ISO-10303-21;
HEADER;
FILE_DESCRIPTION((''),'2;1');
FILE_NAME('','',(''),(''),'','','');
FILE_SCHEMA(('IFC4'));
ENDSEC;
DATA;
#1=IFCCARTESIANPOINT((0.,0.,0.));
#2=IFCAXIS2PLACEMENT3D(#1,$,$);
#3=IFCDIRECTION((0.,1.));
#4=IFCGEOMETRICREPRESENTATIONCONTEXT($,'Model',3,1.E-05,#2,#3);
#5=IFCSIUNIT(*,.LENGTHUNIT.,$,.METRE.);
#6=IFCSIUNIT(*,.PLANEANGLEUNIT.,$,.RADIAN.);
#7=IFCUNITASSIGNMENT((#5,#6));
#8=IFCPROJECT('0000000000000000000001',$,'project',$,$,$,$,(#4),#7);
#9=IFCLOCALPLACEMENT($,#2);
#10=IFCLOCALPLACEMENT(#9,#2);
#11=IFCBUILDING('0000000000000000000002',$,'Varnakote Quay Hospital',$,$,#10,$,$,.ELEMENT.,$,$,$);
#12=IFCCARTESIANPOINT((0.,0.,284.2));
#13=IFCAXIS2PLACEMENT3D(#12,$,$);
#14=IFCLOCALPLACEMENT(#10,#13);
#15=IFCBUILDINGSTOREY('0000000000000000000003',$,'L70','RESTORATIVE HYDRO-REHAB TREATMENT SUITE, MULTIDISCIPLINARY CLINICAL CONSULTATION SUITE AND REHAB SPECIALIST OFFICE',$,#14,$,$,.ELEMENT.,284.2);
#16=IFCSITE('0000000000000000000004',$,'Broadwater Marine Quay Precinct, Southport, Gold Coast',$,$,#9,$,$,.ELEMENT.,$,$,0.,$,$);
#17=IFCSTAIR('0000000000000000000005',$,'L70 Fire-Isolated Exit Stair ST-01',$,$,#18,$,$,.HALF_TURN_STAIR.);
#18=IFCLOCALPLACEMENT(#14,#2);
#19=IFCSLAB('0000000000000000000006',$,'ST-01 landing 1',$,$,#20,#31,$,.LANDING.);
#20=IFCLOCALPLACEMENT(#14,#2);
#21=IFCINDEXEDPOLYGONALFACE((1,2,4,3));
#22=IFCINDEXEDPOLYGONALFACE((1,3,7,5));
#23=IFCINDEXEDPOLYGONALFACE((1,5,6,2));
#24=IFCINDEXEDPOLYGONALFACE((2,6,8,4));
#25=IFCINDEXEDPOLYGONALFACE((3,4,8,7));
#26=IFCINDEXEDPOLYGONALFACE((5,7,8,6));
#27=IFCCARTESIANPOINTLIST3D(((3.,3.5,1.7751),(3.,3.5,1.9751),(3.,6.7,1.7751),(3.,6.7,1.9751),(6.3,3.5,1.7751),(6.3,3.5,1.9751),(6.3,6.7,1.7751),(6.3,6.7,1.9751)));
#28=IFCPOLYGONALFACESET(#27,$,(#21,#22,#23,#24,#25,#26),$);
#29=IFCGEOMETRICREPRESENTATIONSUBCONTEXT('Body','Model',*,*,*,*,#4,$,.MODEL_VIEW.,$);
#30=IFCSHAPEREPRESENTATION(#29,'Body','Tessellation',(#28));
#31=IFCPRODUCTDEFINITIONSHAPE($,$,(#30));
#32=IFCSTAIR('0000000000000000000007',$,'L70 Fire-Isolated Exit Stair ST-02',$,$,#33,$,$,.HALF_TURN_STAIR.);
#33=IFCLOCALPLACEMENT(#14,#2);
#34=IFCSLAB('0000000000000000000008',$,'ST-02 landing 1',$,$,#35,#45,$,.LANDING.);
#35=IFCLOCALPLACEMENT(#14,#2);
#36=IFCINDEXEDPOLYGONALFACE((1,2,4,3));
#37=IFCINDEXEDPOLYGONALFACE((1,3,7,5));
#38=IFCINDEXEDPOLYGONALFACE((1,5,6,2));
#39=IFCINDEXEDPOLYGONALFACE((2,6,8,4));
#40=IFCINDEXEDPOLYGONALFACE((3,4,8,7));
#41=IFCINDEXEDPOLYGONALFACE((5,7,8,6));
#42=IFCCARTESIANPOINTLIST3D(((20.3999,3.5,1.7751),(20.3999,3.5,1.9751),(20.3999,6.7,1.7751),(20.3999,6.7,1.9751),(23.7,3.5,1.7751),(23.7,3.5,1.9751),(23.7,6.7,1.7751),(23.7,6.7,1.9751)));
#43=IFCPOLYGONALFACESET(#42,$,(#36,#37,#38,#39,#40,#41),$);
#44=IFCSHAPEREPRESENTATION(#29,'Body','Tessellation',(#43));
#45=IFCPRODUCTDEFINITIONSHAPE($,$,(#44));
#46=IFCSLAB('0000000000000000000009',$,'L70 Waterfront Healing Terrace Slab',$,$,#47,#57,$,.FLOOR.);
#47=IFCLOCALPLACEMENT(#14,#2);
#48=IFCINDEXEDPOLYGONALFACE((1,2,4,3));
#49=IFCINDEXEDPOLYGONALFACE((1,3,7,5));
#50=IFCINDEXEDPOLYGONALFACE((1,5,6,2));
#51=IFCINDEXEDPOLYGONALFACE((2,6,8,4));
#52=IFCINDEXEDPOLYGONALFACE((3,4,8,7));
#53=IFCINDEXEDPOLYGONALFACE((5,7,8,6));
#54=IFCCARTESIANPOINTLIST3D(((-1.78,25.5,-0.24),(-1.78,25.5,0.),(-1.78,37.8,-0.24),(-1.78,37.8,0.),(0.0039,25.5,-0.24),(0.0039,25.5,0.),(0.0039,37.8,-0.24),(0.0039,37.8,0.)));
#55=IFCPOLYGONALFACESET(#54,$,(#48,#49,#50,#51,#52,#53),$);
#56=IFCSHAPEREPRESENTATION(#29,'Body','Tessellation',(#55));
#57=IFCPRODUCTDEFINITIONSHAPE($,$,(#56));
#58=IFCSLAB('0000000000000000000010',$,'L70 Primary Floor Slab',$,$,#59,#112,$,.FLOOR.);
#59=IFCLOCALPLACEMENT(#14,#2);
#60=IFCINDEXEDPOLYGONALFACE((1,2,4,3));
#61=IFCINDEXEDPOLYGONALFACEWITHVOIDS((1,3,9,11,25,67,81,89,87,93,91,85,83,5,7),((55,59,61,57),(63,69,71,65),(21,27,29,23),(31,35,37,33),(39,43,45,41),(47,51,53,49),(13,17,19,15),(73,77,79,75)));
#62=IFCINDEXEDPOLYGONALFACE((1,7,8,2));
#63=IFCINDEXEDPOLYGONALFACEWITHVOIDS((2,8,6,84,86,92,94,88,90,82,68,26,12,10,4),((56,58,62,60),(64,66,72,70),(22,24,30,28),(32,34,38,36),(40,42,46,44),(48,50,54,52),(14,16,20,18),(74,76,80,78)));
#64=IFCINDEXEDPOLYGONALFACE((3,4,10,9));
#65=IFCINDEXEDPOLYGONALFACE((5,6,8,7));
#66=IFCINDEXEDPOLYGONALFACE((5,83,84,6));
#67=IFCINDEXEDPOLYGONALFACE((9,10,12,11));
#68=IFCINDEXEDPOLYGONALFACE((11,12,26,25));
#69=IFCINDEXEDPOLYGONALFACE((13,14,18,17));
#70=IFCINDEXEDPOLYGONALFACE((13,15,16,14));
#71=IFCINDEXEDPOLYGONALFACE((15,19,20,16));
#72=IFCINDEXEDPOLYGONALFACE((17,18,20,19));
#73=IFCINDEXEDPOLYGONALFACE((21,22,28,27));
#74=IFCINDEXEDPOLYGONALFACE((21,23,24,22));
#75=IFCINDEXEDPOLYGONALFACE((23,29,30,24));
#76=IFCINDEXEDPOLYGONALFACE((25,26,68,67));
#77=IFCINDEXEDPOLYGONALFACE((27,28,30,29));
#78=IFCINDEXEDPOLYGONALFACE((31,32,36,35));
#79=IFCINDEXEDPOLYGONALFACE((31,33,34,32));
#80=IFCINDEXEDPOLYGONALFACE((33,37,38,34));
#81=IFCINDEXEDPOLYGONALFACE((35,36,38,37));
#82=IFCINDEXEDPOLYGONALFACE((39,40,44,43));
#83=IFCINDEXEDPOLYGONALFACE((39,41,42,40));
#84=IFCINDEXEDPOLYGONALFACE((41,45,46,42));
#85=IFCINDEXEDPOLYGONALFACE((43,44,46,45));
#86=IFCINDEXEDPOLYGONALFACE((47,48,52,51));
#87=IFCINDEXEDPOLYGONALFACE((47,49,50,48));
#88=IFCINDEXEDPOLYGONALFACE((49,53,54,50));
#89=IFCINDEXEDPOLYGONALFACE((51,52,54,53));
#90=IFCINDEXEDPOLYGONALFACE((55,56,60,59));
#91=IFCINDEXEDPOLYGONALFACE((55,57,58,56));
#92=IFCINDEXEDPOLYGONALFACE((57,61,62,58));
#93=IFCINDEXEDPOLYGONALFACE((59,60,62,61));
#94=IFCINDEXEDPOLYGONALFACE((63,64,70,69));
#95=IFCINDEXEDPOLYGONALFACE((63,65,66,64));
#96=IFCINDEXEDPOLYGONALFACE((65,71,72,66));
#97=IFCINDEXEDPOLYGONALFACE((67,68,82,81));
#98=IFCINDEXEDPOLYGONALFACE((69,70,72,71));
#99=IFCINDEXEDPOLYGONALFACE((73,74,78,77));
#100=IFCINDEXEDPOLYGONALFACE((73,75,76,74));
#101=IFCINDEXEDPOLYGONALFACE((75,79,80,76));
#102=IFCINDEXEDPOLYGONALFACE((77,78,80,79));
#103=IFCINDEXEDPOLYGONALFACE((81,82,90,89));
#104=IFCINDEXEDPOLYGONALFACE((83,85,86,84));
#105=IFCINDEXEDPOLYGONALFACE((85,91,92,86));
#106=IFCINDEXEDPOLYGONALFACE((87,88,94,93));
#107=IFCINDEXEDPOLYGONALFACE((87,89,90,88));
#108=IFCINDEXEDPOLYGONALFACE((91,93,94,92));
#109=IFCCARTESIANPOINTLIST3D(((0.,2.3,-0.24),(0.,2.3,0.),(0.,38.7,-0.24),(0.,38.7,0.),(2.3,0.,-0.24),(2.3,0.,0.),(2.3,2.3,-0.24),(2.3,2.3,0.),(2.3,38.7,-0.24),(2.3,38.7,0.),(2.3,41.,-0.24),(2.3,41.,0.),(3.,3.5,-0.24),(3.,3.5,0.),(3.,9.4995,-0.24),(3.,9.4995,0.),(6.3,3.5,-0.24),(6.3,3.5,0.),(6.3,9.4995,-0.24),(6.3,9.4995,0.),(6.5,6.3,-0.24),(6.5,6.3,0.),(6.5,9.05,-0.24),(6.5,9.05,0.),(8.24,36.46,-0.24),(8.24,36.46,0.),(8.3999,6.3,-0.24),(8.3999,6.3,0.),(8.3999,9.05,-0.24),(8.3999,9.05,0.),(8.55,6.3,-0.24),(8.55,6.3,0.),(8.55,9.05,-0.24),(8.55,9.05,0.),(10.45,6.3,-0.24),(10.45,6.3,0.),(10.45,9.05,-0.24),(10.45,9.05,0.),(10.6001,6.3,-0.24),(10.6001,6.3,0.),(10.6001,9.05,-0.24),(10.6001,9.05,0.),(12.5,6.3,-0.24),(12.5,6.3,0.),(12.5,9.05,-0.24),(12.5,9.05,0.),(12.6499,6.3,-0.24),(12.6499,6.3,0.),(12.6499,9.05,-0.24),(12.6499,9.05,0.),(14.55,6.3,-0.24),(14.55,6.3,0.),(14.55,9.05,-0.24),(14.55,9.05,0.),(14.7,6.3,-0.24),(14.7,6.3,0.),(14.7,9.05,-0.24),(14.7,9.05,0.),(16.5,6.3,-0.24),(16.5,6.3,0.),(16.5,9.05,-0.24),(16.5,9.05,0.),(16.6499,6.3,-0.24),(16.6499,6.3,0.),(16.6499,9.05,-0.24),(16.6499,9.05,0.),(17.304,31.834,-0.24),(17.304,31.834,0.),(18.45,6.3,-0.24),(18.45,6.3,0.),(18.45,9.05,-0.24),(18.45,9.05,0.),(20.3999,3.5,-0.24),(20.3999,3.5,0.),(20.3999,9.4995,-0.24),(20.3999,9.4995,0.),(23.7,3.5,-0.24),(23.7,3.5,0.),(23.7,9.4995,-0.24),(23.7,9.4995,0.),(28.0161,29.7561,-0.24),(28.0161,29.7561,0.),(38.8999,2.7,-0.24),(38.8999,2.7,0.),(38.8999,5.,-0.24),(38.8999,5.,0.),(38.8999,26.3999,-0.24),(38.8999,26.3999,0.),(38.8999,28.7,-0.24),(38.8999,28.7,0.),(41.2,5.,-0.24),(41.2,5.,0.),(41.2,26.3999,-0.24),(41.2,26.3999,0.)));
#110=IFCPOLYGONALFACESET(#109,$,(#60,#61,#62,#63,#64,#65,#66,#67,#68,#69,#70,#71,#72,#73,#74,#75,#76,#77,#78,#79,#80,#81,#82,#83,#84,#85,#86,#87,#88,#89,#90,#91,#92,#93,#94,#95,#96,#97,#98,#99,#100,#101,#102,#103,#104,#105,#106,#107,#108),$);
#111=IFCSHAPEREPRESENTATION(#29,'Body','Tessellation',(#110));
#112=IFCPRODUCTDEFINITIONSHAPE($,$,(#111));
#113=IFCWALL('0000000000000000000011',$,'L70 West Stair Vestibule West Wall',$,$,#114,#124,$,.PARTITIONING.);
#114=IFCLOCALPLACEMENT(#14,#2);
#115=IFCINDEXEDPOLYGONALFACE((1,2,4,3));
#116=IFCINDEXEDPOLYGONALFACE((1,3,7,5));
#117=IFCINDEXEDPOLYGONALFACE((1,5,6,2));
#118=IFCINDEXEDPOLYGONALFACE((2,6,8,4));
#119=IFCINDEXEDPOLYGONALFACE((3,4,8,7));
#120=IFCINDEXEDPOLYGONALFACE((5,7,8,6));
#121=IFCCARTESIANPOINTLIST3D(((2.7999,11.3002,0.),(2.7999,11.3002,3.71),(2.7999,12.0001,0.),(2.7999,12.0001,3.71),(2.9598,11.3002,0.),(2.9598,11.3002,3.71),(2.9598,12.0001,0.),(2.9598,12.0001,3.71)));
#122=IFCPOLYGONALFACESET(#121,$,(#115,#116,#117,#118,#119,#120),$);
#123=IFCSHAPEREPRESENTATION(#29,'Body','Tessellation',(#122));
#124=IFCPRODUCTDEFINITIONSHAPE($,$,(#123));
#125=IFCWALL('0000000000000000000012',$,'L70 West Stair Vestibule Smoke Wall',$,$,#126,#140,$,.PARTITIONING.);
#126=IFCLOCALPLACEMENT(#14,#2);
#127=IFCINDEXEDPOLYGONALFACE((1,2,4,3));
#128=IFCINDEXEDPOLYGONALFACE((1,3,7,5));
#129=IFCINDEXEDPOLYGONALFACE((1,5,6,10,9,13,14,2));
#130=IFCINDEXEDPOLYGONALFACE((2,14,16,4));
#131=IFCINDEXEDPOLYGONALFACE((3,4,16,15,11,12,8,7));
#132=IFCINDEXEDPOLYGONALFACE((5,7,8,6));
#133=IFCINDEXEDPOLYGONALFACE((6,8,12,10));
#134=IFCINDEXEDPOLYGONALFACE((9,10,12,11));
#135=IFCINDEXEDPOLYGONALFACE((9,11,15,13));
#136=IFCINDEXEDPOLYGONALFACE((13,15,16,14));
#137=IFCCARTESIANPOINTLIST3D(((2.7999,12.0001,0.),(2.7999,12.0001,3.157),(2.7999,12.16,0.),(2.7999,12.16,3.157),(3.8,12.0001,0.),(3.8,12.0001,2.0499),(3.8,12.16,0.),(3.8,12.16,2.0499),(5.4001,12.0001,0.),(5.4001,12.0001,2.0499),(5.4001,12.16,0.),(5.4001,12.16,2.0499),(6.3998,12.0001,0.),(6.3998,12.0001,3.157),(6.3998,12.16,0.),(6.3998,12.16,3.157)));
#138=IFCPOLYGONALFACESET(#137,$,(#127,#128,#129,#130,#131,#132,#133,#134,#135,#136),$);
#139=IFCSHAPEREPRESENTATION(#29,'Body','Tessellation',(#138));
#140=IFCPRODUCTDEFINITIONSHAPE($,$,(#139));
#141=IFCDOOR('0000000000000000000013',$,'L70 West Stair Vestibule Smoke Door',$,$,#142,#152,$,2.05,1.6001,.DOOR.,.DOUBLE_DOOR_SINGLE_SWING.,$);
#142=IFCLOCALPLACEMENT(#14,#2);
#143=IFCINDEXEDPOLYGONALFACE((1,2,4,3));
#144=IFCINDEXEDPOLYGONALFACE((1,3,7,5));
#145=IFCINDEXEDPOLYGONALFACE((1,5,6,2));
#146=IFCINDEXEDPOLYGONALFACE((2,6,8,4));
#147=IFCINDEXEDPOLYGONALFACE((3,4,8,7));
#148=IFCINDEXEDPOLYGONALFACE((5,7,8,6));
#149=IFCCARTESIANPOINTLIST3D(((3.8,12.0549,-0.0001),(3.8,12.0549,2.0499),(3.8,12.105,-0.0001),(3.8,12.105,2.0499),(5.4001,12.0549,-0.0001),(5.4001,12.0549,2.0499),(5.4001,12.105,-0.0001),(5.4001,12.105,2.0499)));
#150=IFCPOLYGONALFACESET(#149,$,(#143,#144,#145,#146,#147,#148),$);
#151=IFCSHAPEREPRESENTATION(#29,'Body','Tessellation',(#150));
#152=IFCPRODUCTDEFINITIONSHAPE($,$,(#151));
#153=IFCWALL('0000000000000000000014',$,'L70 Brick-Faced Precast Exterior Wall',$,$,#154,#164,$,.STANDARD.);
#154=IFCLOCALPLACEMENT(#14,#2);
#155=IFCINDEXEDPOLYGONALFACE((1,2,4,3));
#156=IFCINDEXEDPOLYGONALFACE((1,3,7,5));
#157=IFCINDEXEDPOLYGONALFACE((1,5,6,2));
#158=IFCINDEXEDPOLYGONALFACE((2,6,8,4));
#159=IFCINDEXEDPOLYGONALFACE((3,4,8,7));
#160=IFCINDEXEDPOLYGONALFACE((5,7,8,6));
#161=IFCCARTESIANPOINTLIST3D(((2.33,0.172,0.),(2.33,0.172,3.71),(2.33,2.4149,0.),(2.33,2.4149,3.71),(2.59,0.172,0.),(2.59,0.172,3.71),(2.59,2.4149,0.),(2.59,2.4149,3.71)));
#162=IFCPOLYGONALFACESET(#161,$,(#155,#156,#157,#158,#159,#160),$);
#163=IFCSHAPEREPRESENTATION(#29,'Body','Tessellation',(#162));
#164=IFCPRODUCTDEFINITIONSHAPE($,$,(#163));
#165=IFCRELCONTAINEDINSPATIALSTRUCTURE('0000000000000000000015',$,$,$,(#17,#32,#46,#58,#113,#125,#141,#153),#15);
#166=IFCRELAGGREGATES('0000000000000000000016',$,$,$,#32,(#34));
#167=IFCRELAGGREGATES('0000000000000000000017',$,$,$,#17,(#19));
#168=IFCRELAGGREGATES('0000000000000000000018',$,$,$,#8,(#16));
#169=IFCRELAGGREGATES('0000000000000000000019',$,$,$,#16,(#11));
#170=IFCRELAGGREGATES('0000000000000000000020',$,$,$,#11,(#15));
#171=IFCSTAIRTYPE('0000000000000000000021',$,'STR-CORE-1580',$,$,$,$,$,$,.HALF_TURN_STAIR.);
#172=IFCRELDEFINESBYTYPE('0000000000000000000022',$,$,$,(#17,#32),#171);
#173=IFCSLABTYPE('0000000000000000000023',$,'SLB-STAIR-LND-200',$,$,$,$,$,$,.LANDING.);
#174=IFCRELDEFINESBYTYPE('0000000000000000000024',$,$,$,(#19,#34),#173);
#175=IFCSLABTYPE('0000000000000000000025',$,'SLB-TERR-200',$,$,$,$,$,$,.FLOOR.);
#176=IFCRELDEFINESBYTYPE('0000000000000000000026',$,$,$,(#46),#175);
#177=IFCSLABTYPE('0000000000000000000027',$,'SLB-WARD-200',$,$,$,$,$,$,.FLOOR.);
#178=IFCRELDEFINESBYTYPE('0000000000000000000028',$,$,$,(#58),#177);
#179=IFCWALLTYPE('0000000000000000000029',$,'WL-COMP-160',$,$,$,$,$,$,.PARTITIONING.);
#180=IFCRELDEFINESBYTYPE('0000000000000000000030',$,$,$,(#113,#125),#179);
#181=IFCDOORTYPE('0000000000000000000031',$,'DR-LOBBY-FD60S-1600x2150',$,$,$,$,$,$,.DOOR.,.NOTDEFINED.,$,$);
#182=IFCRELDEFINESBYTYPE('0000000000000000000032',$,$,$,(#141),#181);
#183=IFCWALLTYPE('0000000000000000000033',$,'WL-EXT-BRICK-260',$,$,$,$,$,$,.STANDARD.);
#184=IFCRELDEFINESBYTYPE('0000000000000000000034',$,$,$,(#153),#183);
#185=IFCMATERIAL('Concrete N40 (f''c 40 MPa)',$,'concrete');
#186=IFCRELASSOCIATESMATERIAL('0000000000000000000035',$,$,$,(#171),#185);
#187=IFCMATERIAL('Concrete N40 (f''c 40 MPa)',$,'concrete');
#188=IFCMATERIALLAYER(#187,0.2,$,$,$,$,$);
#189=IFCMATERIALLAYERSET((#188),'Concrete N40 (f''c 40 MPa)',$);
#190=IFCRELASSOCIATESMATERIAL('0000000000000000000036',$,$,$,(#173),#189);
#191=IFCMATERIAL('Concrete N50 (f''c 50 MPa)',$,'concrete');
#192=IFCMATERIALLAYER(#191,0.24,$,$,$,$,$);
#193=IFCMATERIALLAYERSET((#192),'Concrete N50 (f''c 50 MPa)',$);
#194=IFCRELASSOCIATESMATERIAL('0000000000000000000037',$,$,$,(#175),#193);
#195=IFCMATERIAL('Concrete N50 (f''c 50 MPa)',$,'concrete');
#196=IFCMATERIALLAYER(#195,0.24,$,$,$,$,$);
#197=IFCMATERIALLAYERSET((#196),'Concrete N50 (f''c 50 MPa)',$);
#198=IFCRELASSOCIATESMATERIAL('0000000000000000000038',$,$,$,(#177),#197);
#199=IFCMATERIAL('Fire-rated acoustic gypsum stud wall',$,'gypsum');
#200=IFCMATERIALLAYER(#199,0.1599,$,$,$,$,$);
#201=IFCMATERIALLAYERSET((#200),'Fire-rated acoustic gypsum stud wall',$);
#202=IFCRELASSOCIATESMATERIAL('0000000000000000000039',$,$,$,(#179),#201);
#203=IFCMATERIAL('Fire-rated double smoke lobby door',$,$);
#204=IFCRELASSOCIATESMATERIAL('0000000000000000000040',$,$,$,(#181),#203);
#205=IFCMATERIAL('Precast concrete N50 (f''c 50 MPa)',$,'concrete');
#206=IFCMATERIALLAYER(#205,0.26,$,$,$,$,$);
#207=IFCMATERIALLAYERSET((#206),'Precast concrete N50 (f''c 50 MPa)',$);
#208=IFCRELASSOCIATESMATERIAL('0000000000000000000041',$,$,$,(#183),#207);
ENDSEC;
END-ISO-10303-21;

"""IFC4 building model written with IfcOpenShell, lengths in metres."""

from ifc_helpers import new_model, si_unit, direction, frame, frame_2d, origin, place, context, subcontext, project, spatial, polyline, rectangle, outline, extrude, material, layer, layer_set, type_object, element, fill, aggregate, save


model = new_model("IFC4")

# Units and contexts
model_context = context("Model", 3, precision=1e-05, world=origin(), true_north=direction((0.0, 1.0)))
body_context = subcontext(model_context, "Body", "Model", "MODEL_VIEW")
ifc_project = project(units=[si_unit("LENGTHUNIT", "METRE"), si_unit("PLANEANGLEUNIT", "RADIAN")], contexts=[model_context])

# Site, building, storey
site_placement = place(None, origin())
site = spatial("IfcSite", under=ifc_project, at=site_placement, Name="Broadwater Marine Quay Precinct, Southport, Gold Coast", CompositionType="ELEMENT", RefElevation=0.0)
building_placement = place(site_placement, origin())
building = spatial("IfcBuilding", under=site, at=building_placement, Name="Varnakote Quay Hospital", CompositionType="ELEMENT")
storey_placement = place(building_placement, frame((0.0, 0.0, 284.2)))
storey = spatial("IfcBuildingStorey", under=building, at=storey_placement, Name="L70", Description="RESTORATIVE HYDRO-REHAB TREATMENT SUITE, MULTIDISCIPLINARY CLINICAL CONSULTATION SUITE AND REHAB SPECIALIST OFFICE", CompositionType="ELEMENT", Elevation=284.2)

# Stairs, slabs
ifc_material_1 = material(Name="Concrete N40 (f'c 40 MPa)", Category="concrete")
stair_type = type_object("IfcStairType", Name="STR-CORE-1580", PredefinedType="HALF_TURN_STAIR", material=ifc_material_1)
stair_1_placement = place(storey_placement, origin())
stair_1 = element("IfcStair", 1, at=stair_1_placement, inside=storey, type_object=stair_type, Name="L70 Fire-Isolated Exit Stair ST-01", PredefinedType="HALF_TURN_STAIR")
ifc_material_2 = material(Name="Concrete N40 (f'c 40 MPa)", Category="concrete")
ifc_layer_1 = layer(ifc_material_2, 0.2)
ifc_layer_set_1 = layer_set([ifc_layer_1], Name="Concrete N40 (f'c 40 MPa)")
slab_type_1 = type_object("IfcSlabType", Name="SLB-STAIR-LND-200", PredefinedType="LANDING", material=ifc_layer_set_1)
slab_1_placement = place(storey_placement, frame((0.0, 0.0, 1.7751)))
slab_1 = element("IfcSlab", 2, at=slab_1_placement, type_object=slab_type_1, Name="ST-01 landing 1", PredefinedType="LANDING", context=body_context, shape_type="SweptSolid", body=[
    extrude(outline(polyline([(3.0, 6.7), (3.0, 3.5), (6.3, 3.5), (6.3, 6.7), (3.0, 6.7)])), origin(), (0.0, 0.0, 1.0), 0.2),
])
stair_2_placement = place(storey_placement, origin())
stair_2 = element("IfcStair", 3, at=stair_2_placement, inside=storey, type_object=stair_type, Name="L70 Fire-Isolated Exit Stair ST-02", PredefinedType="HALF_TURN_STAIR")
slab_2_placement = place(storey_placement, frame((0.0, 0.0, 1.7751)))
slab_2 = element("IfcSlab", 4, at=slab_2_placement, type_object=slab_type_1, Name="ST-02 landing 1", PredefinedType="LANDING", context=body_context, shape_type="SweptSolid", body=[
    extrude(outline(polyline([(20.3999, 6.7), (20.3999, 3.5), (23.7, 3.5), (23.7, 6.7), (20.3999, 6.7)])), origin(), (0.0, 0.0, 1.0), 0.2),
])
aggregate(stair_2, [slab_2])

# Slabs
ifc_material_3 = material(Name="Concrete N50 (f'c 50 MPa)", Category="concrete")
ifc_layer_2 = layer(ifc_material_3, 0.24)
ifc_layer_set_2 = layer_set([ifc_layer_2], Name="Concrete N50 (f'c 50 MPa)")
slab_type_2 = type_object("IfcSlabType", Name="SLB-TERR-200", PredefinedType="FLOOR", material=ifc_layer_set_2)
slab_3_placement = place(storey_placement, frame((0.0, 0.0, -0.24)))
element("IfcSlab", 5, at=slab_3_placement, inside=storey, type_object=slab_type_2, Name="L70 Waterfront Healing Terrace Slab", PredefinedType="FLOOR", context=body_context, shape_type="SweptSolid", body=[
    extrude(outline(polyline([(0.0039, 25.5), (0.0039, 37.8), (-1.78, 37.8), (-1.78, 25.5), (0.0039, 25.5)])), origin(), (0.0, 0.0, 1.0), 0.24),
])
ifc_material_4 = material(Name="Concrete N50 (f'c 50 MPa)", Category="concrete")
ifc_layer_3 = layer(ifc_material_4, 0.24)
ifc_layer_set_3 = layer_set([ifc_layer_3], Name="Concrete N50 (f'c 50 MPa)")
slab_type_3 = type_object("IfcSlabType", Name="SLB-WARD-200", PredefinedType="FLOOR", material=ifc_layer_set_3)
slab_4_placement = place(storey_placement, frame((0.0, 0.0, -0.24)))
element("IfcSlab", 6, at=slab_4_placement, inside=storey, type_object=slab_type_3, Name="L70 Primary Floor Slab", PredefinedType="FLOOR", context=body_context, shape_type="SweptSolid", body=[
    extrude(outline(polyline([(0.0, 2.3), (2.3, 2.3), (2.3, 0.0), (38.8999, 2.7), (38.8999, 5.0), (41.2, 5.0), (41.2, 26.3999), (38.8999, 26.3999), (38.8999, 28.7), (28.0161, 29.7561), (17.304, 31.834), (8.24, 36.46), (2.3, 41.0), (2.3, 38.7), (0.0, 38.7), (0.0, 2.3)]), holes=[polyline([(3.0, 3.5), (6.3, 3.5), (6.3, 9.4995), (3.0, 9.4995), (3.0, 3.5)]), polyline([(20.3999, 3.5), (23.7, 3.5), (23.7, 9.4995), (20.3999, 9.4995), (20.3999, 3.5)]), polyline([(6.5, 6.3), (8.3999, 6.3), (8.3999, 9.05), (6.5, 9.05), (6.5, 6.3)]), polyline([(8.55, 6.3), (10.45, 6.3), (10.45, 9.05), (8.55, 9.05), (8.55, 6.3)]), polyline([(10.6001, 6.3), (12.5, 6.3), (12.5, 9.05), (10.6001, 9.05), (10.6001, 6.3)]), polyline([(12.6499, 6.3), (14.55, 6.3), (14.55, 9.05), (12.6499, 9.05), (12.6499, 6.3)]), polyline([(14.7, 6.3), (16.5, 6.3), (16.5, 9.05), (14.7, 9.05), (14.7, 6.3)]), polyline([(16.6499, 6.3), (18.45, 6.3), (18.45, 9.05), (16.6499, 9.05), (16.6499, 6.3)])]), origin(), (0.0, 0.0, 1.0), 0.24),
])

# Wall
ifc_material_5 = material(Name="Fire-rated acoustic gypsum stud wall", Category="gypsum")
ifc_layer_4 = layer(ifc_material_5, 0.1599)
ifc_layer_set_4 = layer_set([ifc_layer_4], Name="Fire-rated acoustic gypsum stud wall")
wall_type_1 = type_object("IfcWallType", Name="WL-COMP-160", PredefinedType="PARTITIONING", material=ifc_layer_set_4)
wall_1_placement = place(storey_placement, frame((2.8799, 11.3, 0.0), z_axis=(0.0, 0.0, 1.0), x_axis=(0.0, 1.0, 0.0)))
element("IfcWall", 7, at=wall_1_placement, inside=storey, type_object=wall_type_1, Name="L70 West Stair Vestibule West Wall", PredefinedType="PARTITIONING", context=body_context, shape_type="SweptSolid", body=[
    extrude(rectangle(XDim=0.7, YDim=0.1599, at=frame_2d((0.3501, 0.0))), origin(), (0.0, 0.0, 1.0), 3.71),
])

# Wall, opening, door
wall_2_placement = place(storey_placement, frame((2.8, 12.0801, 0.0), z_axis=(0.0, 0.0, 1.0), x_axis=(1.0, 0.0, 0.0)))
wall_2 = element("IfcWall", 8, at=wall_2_placement, inside=storey, type_object=wall_type_1, Name="L70 West Stair Vestibule Smoke Wall", PredefinedType="PARTITIONING", context=body_context, shape_type="SweptSolid", body=[
    extrude(rectangle(XDim=3.5999, YDim=0.1599, at=frame_2d((1.7998, 0.0))), origin(), (0.0, 0.0, 1.0), 3.157),
])
opening_1_placement = place(wall_2_placement, frame((1.0, 0.0, 0.0)))
opening_1 = element("IfcOpeningElement", 9, at=opening_1_placement, cuts=wall_2, PredefinedType="OPENING", context=body_context, shape_type="SweptSolid", body=[
    extrude(rectangle(XDim=1.6001, YDim=2.05, at=frame_2d((0.8, 1.0249))), frame((0.0, 0.0898, 0.0), z_axis=(0.0, -1.0, 0.0), x_axis=(1.0, 0.0, 0.0)), (0.0, 0.0, 1.0), 0.1799),
])
ifc_material_6 = material(Name="Fire-rated double smoke lobby door")
door_type_1 = type_object("IfcDoorType", Name="DR-LOBBY-FD60S-1600x2150", OperationType="NOTDEFINED", PredefinedType="DOOR", material=ifc_material_6)
door_1_placement = place(opening_1_placement, origin())
door_1 = element("IfcDoor", 10, at=door_1_placement, inside=storey, type_object=door_type_1, Name="L70 West Stair Vestibule Smoke Door", OperationType="DOUBLE_DOOR_SINGLE_SWING", OverallHeight=2.05, OverallWidth=1.6001, PredefinedType="DOOR", context=body_context, shape_type="SweptSolid", body=[
    extrude(rectangle(XDim=1.6001, YDim=2.05, at=frame_2d((0.8, 1.0249))), frame((0.0, 0.0249, 0.0), z_axis=(0.0, -1.0, 0.0), x_axis=(1.0, 0.0, 0.0)), (0.0, 0.0, 1.0), 0.05),
])
fill(opening_1, door_1)

# Wall
ifc_material_7 = material(Name="Precast concrete N50 (f'c 50 MPa)", Category="concrete")
ifc_layer_5 = layer(ifc_material_7, 0.26)
ifc_layer_set_5 = layer_set([ifc_layer_5], Name="Precast concrete N50 (f'c 50 MPa)")
wall_type_2 = type_object("IfcWallType", Name="WL-EXT-BRICK-260", PredefinedType="STANDARD", material=ifc_layer_set_5)
wall_3_placement = place(storey_placement, frame((2.46, 2.415, 0.0), z_axis=(0.0, 0.0, 1.0), x_axis=(0.0, -1.0, 0.0)))
element("IfcWall", 11, at=wall_3_placement, inside=storey, type_object=wall_type_2, Name="L70 Brick-Faced Precast Exterior Wall", PredefinedType="STANDARD", context=body_context, shape_type="SweptSolid", body=[
    extrude(rectangle(XDim=2.2429, YDim=0.26, at=frame_2d((1.1216, 0.0))), origin(), (0.0, 0.0, 1.0), 3.71),
])

aggregate(stair_1, [slab_1])

save(model, "model.ifc")
